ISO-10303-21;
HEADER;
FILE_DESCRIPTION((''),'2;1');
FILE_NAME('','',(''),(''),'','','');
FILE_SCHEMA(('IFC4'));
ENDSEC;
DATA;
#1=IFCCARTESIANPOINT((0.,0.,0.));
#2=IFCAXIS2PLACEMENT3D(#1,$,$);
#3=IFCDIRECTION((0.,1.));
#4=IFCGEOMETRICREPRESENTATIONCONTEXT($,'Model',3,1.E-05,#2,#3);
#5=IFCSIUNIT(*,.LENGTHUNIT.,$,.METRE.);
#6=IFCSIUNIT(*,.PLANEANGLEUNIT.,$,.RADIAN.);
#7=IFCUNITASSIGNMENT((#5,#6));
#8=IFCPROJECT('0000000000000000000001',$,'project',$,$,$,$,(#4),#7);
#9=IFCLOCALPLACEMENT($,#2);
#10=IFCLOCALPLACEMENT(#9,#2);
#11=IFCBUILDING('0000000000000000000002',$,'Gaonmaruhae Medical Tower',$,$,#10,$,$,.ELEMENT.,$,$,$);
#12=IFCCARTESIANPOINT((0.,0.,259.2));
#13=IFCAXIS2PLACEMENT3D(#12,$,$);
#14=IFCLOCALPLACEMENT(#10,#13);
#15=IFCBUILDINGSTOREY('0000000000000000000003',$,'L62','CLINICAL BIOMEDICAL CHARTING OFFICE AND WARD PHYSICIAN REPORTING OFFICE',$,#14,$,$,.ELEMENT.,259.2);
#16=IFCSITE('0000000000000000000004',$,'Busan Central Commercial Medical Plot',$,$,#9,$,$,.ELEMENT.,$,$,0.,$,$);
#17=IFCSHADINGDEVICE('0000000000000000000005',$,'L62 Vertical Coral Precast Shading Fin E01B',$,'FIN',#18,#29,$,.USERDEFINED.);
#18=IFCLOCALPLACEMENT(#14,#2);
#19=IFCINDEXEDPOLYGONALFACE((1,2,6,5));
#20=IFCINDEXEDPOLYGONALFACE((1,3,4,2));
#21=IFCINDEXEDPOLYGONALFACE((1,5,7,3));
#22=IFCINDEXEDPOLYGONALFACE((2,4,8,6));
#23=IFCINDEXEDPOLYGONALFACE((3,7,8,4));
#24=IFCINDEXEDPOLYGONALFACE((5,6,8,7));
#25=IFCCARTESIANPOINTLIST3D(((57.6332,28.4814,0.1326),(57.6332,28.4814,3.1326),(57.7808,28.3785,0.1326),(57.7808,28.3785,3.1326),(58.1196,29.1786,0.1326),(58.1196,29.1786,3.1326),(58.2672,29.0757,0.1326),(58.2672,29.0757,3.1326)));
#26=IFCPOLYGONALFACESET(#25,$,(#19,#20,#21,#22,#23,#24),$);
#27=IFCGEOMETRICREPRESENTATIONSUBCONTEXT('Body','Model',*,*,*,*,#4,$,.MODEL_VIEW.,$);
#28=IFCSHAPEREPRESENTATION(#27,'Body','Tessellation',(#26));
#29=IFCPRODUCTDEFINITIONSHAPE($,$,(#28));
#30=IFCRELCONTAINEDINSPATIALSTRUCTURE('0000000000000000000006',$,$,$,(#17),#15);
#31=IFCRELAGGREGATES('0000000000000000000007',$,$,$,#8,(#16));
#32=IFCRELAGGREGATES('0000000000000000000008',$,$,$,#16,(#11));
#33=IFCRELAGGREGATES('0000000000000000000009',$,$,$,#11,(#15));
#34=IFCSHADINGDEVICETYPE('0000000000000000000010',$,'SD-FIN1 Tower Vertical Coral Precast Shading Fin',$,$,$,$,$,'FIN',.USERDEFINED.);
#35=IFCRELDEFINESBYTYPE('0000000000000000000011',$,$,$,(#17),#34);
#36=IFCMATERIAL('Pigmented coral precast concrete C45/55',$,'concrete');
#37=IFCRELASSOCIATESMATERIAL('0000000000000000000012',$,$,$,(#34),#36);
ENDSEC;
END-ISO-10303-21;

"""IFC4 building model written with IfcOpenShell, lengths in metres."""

from ifc_helpers import new_model, si_unit, direction, frame, origin, origin_2d, place, context, subcontext, project, spatial, rectangle, extrude, material, type_object, element, save


model = new_model("IFC4")

# Units and contexts
model_context = context("Model", 3, precision=1e-05, world=origin(), true_north=direction((0.0, 1.0)))
body_context = subcontext(model_context, "Body", "Model", "MODEL_VIEW")
ifc_project = project(units=[si_unit("LENGTHUNIT", "METRE"), si_unit("PLANEANGLEUNIT", "RADIAN")], contexts=[model_context])

# Site, building, storey
site_placement = place(None, origin())
site = spatial("IfcSite", under=ifc_project, at=site_placement, Name="Busan Central Commercial Medical Plot", CompositionType="ELEMENT", RefElevation=0.0)
building_placement = place(site_placement, origin())
building = spatial("IfcBuilding", under=site, at=building_placement, Name="Gaonmaruhae Medical Tower", CompositionType="ELEMENT")
storey_placement = place(building_placement, frame((0.0, 0.0, 259.2)))
storey = spatial("IfcBuildingStorey", under=building, at=storey_placement, Name="L62", Description="CLINICAL BIOMEDICAL CHARTING OFFICE AND WARD PHYSICIAN REPORTING OFFICE", CompositionType="ELEMENT", Elevation=259.2)

# Shading device
ifc_material_1 = material(Name="Pigmented coral precast concrete C45/55", Category="concrete")
shading_device_type = type_object("IfcShadingDeviceType", Name="SD-FIN1 Tower Vertical Coral Precast Shading Fin", ElementType="FIN", PredefinedType="USERDEFINED", material=ifc_material_1)
for number, where, z_axis, x_axis, name in (
    (1, (57.9502, 28.7786, 0.1326), (0.0, 0.0, 1.0), (0.820152, -0.572146, 0.0), "L62 Vertical Coral Precast Shading Fin E01B"),
):
    element("IfcShadingDevice", number, at=place(storey_placement, frame(where, z_axis=z_axis, x_axis=x_axis)), inside=storey, type_object=shading_device_type, Name=name, ObjectType="FIN", PredefinedType="USERDEFINED", context=body_context, shape_type="SweptSolid", body=[
        extrude(rectangle(XDim=0.1799, YDim=0.8501, at=origin_2d()), origin(), (0.0, 0.0, 1.0), 3.0),
    ])

save(model, "model.ifc")
